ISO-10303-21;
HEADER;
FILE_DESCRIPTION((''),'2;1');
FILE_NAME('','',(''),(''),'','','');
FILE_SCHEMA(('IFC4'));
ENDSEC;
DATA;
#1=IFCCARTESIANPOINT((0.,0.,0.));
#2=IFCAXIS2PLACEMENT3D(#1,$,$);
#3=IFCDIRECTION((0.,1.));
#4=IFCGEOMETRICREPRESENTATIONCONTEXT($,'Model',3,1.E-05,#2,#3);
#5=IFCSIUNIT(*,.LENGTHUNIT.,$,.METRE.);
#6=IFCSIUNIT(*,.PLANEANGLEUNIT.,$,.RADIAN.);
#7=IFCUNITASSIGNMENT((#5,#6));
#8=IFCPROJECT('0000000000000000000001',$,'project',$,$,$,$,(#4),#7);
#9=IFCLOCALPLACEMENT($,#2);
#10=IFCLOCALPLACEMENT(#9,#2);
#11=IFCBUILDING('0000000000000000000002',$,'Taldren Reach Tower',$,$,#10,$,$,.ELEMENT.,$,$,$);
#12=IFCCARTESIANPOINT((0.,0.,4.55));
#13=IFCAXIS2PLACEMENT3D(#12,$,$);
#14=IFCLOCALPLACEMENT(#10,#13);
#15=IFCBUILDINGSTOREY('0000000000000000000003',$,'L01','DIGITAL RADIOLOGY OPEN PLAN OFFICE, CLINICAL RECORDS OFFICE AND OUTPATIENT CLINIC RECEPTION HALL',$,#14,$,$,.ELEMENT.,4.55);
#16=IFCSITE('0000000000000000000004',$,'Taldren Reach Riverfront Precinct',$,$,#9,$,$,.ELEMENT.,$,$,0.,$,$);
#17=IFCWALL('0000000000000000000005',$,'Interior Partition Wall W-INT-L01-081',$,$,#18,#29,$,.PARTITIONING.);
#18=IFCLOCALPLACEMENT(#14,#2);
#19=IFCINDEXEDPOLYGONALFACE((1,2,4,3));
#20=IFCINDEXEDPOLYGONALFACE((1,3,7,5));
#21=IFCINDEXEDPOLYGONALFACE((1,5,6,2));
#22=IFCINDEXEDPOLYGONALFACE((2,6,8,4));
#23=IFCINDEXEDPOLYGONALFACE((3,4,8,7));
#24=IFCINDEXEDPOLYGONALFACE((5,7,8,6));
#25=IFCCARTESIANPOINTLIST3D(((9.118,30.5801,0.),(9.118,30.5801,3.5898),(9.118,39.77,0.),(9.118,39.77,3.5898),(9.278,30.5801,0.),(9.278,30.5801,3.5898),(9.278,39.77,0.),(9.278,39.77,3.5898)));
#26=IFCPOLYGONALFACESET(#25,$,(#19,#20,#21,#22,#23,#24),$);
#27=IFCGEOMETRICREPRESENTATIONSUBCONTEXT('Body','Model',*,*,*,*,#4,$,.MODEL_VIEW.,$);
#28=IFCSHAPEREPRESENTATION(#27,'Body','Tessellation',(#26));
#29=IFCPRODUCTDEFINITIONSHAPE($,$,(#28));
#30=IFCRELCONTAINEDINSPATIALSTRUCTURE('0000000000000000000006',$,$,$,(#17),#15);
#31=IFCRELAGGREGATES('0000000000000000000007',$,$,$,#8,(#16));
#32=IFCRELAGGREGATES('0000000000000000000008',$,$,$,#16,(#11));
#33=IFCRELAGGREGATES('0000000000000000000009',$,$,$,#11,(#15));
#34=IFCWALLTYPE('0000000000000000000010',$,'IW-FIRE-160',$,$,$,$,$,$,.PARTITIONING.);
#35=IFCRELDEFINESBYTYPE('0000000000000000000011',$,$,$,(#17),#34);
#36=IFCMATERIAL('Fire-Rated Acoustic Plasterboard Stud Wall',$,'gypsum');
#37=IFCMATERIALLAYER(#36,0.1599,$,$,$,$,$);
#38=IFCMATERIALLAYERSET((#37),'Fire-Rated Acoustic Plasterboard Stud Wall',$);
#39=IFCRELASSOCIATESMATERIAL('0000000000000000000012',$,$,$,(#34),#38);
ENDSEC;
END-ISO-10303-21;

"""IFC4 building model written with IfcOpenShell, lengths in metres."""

from ifc_helpers import new_model, si_unit, direction, frame, frame_2d, origin, place, context, subcontext, project, spatial, rectangle, extrude, source, transform, mapped, material, layer, layer_set, type_object, element, save


model = new_model("IFC4")

# Units and contexts
model_context = context("Model", 3, precision=1e-05, world=origin(), true_north=direction((0.0, 1.0)))
body_context = subcontext(model_context, "Body", "Model", "MODEL_VIEW")
ifc_project = project(units=[si_unit("LENGTHUNIT", "METRE"), si_unit("PLANEANGLEUNIT", "RADIAN")], contexts=[model_context])

# Site, building, storey
site_placement = place(None, origin())
site = spatial("IfcSite", under=ifc_project, at=site_placement, Name="Taldren Reach Riverfront Precinct", CompositionType="ELEMENT", RefElevation=0.0)
building_placement = place(site_placement, origin())
building = spatial("IfcBuilding", under=site, at=building_placement, Name="Taldren Reach Tower", CompositionType="ELEMENT")
storey_placement = place(building_placement, frame((0.0, 0.0, 4.55)))
storey = spatial("IfcBuildingStorey", under=building, at=storey_placement, Name="L01", Description="DIGITAL RADIOLOGY OPEN PLAN OFFICE, CLINICAL RECORDS OFFICE AND OUTPATIENT CLINIC RECEPTION HALL", CompositionType="ELEMENT", Elevation=4.55)

# Shared definitions
ifc_material_1 = material(Name="Fire-Rated Acoustic Plasterboard Stud Wall", Category="gypsum")
ifc_layer_1 = layer(ifc_material_1, 0.1599)
ifc_layer_set_1 = layer_set([ifc_layer_1], Name="Fire-Rated Acoustic Plasterboard Stud Wall")
wall_type_1 = type_object("IfcWallType", Name="IW-FIRE-160", PredefinedType="PARTITIONING", material=ifc_layer_set_1)

# Wall
shared_shape_1 = source(origin(), body_context, "Body", "SweptSolid", [
    extrude(rectangle(XDim=9.1899, YDim=0.1599, at=frame_2d((4.595, 0.0))), origin(), (0.0, 0.0, 1.0), 3.5898),
])
wall_1_placement = place(storey_placement, frame((9.198, 39.77, 0.0), z_axis=(0.0, 0.0, 1.0), x_axis=(0.0, -1.0, 0.0)))
element("IfcWall", 1, at=wall_1_placement, inside=storey, type_object=wall_type_1, Name="Interior Partition Wall W-INT-L01-081", PredefinedType="PARTITIONING", context=body_context, shape_type="MappedRepresentation", body=[
    mapped(shared_shape_1, transform((0.0, 0.0, 0.0), scale=1.0)),
])

save(model, "model.ifc")
